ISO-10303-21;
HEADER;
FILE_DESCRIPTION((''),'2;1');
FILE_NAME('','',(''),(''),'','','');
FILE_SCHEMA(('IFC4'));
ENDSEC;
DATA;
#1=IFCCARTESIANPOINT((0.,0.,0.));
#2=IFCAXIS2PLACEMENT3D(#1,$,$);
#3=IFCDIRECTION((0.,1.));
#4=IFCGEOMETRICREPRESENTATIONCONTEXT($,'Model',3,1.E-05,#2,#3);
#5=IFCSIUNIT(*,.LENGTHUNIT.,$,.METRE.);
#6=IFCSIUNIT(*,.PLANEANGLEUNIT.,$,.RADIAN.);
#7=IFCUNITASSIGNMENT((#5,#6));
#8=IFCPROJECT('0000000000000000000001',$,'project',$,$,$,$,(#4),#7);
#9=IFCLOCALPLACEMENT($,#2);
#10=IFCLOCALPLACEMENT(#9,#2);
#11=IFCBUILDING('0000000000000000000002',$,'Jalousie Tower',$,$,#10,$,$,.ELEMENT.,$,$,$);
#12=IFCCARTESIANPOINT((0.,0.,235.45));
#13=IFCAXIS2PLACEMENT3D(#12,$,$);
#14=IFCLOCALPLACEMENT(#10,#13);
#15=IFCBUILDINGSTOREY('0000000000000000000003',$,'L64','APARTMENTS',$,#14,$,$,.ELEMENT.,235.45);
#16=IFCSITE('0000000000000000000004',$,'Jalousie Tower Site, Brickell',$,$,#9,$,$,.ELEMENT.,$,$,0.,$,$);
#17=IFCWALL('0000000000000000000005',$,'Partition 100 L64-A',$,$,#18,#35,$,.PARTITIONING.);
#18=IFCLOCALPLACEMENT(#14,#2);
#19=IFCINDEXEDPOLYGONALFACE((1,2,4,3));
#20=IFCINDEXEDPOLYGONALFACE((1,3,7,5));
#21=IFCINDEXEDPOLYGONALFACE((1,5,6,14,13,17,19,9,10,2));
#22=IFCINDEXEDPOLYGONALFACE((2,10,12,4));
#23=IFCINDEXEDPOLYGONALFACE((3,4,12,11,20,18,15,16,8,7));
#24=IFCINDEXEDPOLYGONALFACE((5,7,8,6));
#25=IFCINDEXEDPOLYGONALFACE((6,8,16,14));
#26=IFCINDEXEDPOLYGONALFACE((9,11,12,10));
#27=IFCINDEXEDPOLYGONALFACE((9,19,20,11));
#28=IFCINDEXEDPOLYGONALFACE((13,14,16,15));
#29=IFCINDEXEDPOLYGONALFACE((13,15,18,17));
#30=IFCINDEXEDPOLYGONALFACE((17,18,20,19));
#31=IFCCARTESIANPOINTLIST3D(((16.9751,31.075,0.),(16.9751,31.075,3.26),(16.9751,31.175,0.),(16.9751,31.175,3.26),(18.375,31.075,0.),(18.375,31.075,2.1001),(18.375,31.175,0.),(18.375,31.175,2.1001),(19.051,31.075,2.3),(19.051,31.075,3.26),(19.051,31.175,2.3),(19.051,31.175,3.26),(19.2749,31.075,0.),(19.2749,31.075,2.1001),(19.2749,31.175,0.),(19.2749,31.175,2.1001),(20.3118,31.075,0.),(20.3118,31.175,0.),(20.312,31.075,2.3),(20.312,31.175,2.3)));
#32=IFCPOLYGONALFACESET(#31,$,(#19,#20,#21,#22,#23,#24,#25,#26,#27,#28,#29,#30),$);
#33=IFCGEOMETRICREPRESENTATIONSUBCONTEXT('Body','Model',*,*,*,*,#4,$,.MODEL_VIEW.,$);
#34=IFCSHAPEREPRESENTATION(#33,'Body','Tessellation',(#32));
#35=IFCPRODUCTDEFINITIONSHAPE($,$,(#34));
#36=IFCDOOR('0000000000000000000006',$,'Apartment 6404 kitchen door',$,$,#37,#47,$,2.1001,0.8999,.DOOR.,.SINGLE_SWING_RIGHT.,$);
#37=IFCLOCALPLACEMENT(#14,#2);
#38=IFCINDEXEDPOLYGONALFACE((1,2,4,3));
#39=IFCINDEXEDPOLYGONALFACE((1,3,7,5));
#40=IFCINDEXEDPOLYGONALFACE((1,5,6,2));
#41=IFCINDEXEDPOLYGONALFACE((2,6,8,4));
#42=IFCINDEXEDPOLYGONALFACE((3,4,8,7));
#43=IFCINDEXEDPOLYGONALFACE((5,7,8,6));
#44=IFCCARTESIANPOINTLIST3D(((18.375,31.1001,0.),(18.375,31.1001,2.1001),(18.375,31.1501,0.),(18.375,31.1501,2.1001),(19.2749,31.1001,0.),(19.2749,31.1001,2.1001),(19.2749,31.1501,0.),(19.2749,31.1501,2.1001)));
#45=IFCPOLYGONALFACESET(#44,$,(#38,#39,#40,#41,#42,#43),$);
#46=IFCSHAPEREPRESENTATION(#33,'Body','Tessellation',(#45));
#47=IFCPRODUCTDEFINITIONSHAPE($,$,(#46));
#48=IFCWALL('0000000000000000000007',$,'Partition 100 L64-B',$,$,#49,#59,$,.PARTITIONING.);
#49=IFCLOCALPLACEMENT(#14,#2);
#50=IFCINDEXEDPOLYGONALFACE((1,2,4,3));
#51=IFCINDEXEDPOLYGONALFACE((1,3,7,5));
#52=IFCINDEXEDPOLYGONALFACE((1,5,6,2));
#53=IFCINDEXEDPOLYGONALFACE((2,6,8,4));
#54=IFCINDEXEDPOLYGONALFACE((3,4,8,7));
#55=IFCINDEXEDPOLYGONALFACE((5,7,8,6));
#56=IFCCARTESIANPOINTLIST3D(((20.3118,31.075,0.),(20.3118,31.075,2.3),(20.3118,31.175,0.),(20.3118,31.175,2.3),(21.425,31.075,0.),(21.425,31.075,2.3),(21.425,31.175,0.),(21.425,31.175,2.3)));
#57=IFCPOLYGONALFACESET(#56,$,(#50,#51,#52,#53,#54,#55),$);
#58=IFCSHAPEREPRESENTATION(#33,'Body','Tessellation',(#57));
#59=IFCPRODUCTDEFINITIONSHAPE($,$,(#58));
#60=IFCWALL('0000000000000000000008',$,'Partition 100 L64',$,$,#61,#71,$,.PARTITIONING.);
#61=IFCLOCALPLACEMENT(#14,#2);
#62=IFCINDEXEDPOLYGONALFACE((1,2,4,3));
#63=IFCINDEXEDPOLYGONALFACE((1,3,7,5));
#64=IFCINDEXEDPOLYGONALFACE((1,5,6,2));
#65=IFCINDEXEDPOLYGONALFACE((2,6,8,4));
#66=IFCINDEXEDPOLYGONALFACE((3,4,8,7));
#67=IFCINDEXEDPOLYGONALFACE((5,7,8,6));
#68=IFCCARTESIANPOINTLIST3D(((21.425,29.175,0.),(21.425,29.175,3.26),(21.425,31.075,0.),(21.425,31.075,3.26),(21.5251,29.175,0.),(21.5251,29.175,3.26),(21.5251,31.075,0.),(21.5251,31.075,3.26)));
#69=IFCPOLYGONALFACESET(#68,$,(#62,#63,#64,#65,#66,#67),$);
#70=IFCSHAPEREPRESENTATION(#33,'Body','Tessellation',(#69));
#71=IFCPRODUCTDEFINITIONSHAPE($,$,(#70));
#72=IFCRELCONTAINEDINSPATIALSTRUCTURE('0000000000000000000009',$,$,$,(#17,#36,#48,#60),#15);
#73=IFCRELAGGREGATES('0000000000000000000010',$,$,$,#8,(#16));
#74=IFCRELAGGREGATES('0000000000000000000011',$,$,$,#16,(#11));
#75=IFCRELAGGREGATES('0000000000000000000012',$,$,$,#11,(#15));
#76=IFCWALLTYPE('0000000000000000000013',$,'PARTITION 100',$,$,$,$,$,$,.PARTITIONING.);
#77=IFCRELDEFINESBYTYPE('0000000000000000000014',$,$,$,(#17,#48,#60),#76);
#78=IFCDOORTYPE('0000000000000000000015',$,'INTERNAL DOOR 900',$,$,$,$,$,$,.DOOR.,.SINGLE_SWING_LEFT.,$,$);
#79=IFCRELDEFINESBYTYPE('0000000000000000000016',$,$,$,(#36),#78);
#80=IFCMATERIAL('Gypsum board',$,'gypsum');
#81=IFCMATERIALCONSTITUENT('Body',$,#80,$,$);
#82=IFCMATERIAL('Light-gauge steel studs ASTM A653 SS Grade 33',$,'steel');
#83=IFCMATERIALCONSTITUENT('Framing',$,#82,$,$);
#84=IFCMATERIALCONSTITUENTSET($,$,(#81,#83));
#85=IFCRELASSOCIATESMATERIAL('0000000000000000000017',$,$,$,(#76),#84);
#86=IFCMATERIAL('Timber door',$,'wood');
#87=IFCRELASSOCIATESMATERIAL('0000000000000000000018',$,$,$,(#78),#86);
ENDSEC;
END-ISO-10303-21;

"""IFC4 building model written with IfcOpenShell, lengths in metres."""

from ifc_helpers import new_model, si_unit, direction, frame, frame_2d, origin, place, context, subcontext, project, spatial, polyline, rectangle, outline, extrude, material, constituent, constituent_set, type_object, element, fill, save


model = new_model("IFC4")

# Units and contexts
model_context = context("Model", 3, precision=1e-05, world=origin(), true_north=direction((0.0, 1.0)))
body_context = subcontext(model_context, "Body", "Model", "MODEL_VIEW")
ifc_project = project(units=[si_unit("LENGTHUNIT", "METRE"), si_unit("PLANEANGLEUNIT", "RADIAN")], contexts=[model_context])

# Site, building, storey
site_placement = place(None, origin())
site = spatial("IfcSite", under=ifc_project, at=site_placement, Name="Jalousie Tower Site, Brickell", CompositionType="ELEMENT", RefElevation=0.0)
building_placement = place(site_placement, origin())
building = spatial("IfcBuilding", under=site, at=building_placement, Name="Jalousie Tower", CompositionType="ELEMENT")
storey_placement = place(building_placement, frame((0.0, 0.0, 235.45)))
storey = spatial("IfcBuildingStorey", under=building, at=storey_placement, Name="L64", Description="APARTMENTS", CompositionType="ELEMENT", Elevation=235.45)

# Wall, opening, door
ifc_material_1 = material(Name="Gypsum board", Category="gypsum")
ifc_constituent_1 = constituent(ifc_material_1, Name="Body")
ifc_material_2 = material(Name="Light-gauge steel studs ASTM A653 SS Grade 33", Category="steel")
ifc_constituent_2 = constituent(ifc_material_2, Name="Framing")
ifc_constituent_set_1 = constituent_set(constituents=[ifc_constituent_1, ifc_constituent_2])
wall_type_1 = type_object("IfcWallType", Name="PARTITION 100", PredefinedType="PARTITIONING", material=ifc_constituent_set_1)
wall_1_placement = place(storey_placement, frame((16.9751, 31.125, 0.0), z_axis=(0.0, 0.0, 1.0), x_axis=(1.0, 0.0, 0.0)))
wall_1 = element("IfcWall", 1, at=wall_1_placement, inside=storey, type_object=wall_type_1, Name="Partition 100 L64-A", PredefinedType="PARTITIONING", context=body_context, shape_type="SweptSolid", body=[
    extrude(outline(polyline([(0.0, 0.0), (3.3367, 0.0), (3.3369, 2.3), (2.0759, 2.3), (2.0759, 3.26), (0.0, 3.26), (0.0, 0.0)])), frame((0.0, 0.05, 0.0), z_axis=(0.0, -1.0, 0.0), x_axis=(1.0, 0.0, 0.0)), (0.0, 0.0, 1.0), 0.1001),
])
opening_1_placement = place(wall_1_placement, frame((1.3999, 0.0, 0.0)))
opening_1 = element("IfcOpeningElement", 2, at=opening_1_placement, cuts=wall_1, PredefinedType="OPENING", context=body_context, shape_type="SweptSolid", body=[
    extrude(rectangle(XDim=0.8999, YDim=2.1001, at=frame_2d((0.45, 1.05))), frame((0.0, 0.0601, 0.0), z_axis=(0.0, -1.0, 0.0), x_axis=(1.0, 0.0, 0.0)), (0.0, 0.0, 1.0), 0.1201),
])
ifc_material_3 = material(Name="Timber door", Category="wood")
door_type = type_object("IfcDoorType", Name="INTERNAL DOOR 900", OperationType="SINGLE_SWING_LEFT", PredefinedType="DOOR", material=ifc_material_3)
door_placement = place(opening_1_placement, frame((0.8999, 0.0, 0.0), z_axis=(0.0, 0.0, 1.0), x_axis=(-1.0, 0.0, 0.0)))
door = element("IfcDoor", 3, at=door_placement, inside=storey, type_object=door_type, Name="Apartment 6404 kitchen door", OperationType="SINGLE_SWING_RIGHT", OverallHeight=2.1001, OverallWidth=0.8999, PredefinedType="DOOR", context=body_context, shape_type="SweptSolid", body=[
    extrude(rectangle(XDim=0.8999, YDim=2.1001, at=frame_2d((0.45, 1.05))), frame((0.0, 0.0249, 0.0), z_axis=(0.0, -1.0, 0.0), x_axis=(1.0, 0.0, 0.0)), (0.0, 0.0, 1.0), 0.05),
])
fill(opening_1, door)

# Walls
wall_2_placement = place(storey_placement, frame((20.3118, 31.125, 0.0), z_axis=(0.0, 0.0, 1.0), x_axis=(1.0, 0.0, 0.0)))
element("IfcWall", 4, at=wall_2_placement, inside=storey, type_object=wall_type_1, Name="Partition 100 L64-B", PredefinedType="PARTITIONING", context=body_context, shape_type="SweptSolid", body=[
    extrude(rectangle(XDim=1.1133, YDim=0.1001, at=frame_2d((0.5566, 0.0))), origin(), (0.0, 0.0, 1.0), 2.3),
])
wall_3_placement = place(storey_placement, frame((21.4751, 31.075, 0.0), z_axis=(0.0, 0.0, 1.0), x_axis=(0.0, -1.0, 0.0)))
element("IfcWall", 5, at=wall_3_placement, inside=storey, type_object=wall_type_1, Name="Partition 100 L64", PredefinedType="PARTITIONING", context=body_context, shape_type="SweptSolid", body=[
    extrude(rectangle(XDim=1.8999, YDim=0.1001, at=frame_2d((0.95, 0.0))), origin(), (0.0, 0.0, 1.0), 3.26),
])

save(model, "model.ifc")
